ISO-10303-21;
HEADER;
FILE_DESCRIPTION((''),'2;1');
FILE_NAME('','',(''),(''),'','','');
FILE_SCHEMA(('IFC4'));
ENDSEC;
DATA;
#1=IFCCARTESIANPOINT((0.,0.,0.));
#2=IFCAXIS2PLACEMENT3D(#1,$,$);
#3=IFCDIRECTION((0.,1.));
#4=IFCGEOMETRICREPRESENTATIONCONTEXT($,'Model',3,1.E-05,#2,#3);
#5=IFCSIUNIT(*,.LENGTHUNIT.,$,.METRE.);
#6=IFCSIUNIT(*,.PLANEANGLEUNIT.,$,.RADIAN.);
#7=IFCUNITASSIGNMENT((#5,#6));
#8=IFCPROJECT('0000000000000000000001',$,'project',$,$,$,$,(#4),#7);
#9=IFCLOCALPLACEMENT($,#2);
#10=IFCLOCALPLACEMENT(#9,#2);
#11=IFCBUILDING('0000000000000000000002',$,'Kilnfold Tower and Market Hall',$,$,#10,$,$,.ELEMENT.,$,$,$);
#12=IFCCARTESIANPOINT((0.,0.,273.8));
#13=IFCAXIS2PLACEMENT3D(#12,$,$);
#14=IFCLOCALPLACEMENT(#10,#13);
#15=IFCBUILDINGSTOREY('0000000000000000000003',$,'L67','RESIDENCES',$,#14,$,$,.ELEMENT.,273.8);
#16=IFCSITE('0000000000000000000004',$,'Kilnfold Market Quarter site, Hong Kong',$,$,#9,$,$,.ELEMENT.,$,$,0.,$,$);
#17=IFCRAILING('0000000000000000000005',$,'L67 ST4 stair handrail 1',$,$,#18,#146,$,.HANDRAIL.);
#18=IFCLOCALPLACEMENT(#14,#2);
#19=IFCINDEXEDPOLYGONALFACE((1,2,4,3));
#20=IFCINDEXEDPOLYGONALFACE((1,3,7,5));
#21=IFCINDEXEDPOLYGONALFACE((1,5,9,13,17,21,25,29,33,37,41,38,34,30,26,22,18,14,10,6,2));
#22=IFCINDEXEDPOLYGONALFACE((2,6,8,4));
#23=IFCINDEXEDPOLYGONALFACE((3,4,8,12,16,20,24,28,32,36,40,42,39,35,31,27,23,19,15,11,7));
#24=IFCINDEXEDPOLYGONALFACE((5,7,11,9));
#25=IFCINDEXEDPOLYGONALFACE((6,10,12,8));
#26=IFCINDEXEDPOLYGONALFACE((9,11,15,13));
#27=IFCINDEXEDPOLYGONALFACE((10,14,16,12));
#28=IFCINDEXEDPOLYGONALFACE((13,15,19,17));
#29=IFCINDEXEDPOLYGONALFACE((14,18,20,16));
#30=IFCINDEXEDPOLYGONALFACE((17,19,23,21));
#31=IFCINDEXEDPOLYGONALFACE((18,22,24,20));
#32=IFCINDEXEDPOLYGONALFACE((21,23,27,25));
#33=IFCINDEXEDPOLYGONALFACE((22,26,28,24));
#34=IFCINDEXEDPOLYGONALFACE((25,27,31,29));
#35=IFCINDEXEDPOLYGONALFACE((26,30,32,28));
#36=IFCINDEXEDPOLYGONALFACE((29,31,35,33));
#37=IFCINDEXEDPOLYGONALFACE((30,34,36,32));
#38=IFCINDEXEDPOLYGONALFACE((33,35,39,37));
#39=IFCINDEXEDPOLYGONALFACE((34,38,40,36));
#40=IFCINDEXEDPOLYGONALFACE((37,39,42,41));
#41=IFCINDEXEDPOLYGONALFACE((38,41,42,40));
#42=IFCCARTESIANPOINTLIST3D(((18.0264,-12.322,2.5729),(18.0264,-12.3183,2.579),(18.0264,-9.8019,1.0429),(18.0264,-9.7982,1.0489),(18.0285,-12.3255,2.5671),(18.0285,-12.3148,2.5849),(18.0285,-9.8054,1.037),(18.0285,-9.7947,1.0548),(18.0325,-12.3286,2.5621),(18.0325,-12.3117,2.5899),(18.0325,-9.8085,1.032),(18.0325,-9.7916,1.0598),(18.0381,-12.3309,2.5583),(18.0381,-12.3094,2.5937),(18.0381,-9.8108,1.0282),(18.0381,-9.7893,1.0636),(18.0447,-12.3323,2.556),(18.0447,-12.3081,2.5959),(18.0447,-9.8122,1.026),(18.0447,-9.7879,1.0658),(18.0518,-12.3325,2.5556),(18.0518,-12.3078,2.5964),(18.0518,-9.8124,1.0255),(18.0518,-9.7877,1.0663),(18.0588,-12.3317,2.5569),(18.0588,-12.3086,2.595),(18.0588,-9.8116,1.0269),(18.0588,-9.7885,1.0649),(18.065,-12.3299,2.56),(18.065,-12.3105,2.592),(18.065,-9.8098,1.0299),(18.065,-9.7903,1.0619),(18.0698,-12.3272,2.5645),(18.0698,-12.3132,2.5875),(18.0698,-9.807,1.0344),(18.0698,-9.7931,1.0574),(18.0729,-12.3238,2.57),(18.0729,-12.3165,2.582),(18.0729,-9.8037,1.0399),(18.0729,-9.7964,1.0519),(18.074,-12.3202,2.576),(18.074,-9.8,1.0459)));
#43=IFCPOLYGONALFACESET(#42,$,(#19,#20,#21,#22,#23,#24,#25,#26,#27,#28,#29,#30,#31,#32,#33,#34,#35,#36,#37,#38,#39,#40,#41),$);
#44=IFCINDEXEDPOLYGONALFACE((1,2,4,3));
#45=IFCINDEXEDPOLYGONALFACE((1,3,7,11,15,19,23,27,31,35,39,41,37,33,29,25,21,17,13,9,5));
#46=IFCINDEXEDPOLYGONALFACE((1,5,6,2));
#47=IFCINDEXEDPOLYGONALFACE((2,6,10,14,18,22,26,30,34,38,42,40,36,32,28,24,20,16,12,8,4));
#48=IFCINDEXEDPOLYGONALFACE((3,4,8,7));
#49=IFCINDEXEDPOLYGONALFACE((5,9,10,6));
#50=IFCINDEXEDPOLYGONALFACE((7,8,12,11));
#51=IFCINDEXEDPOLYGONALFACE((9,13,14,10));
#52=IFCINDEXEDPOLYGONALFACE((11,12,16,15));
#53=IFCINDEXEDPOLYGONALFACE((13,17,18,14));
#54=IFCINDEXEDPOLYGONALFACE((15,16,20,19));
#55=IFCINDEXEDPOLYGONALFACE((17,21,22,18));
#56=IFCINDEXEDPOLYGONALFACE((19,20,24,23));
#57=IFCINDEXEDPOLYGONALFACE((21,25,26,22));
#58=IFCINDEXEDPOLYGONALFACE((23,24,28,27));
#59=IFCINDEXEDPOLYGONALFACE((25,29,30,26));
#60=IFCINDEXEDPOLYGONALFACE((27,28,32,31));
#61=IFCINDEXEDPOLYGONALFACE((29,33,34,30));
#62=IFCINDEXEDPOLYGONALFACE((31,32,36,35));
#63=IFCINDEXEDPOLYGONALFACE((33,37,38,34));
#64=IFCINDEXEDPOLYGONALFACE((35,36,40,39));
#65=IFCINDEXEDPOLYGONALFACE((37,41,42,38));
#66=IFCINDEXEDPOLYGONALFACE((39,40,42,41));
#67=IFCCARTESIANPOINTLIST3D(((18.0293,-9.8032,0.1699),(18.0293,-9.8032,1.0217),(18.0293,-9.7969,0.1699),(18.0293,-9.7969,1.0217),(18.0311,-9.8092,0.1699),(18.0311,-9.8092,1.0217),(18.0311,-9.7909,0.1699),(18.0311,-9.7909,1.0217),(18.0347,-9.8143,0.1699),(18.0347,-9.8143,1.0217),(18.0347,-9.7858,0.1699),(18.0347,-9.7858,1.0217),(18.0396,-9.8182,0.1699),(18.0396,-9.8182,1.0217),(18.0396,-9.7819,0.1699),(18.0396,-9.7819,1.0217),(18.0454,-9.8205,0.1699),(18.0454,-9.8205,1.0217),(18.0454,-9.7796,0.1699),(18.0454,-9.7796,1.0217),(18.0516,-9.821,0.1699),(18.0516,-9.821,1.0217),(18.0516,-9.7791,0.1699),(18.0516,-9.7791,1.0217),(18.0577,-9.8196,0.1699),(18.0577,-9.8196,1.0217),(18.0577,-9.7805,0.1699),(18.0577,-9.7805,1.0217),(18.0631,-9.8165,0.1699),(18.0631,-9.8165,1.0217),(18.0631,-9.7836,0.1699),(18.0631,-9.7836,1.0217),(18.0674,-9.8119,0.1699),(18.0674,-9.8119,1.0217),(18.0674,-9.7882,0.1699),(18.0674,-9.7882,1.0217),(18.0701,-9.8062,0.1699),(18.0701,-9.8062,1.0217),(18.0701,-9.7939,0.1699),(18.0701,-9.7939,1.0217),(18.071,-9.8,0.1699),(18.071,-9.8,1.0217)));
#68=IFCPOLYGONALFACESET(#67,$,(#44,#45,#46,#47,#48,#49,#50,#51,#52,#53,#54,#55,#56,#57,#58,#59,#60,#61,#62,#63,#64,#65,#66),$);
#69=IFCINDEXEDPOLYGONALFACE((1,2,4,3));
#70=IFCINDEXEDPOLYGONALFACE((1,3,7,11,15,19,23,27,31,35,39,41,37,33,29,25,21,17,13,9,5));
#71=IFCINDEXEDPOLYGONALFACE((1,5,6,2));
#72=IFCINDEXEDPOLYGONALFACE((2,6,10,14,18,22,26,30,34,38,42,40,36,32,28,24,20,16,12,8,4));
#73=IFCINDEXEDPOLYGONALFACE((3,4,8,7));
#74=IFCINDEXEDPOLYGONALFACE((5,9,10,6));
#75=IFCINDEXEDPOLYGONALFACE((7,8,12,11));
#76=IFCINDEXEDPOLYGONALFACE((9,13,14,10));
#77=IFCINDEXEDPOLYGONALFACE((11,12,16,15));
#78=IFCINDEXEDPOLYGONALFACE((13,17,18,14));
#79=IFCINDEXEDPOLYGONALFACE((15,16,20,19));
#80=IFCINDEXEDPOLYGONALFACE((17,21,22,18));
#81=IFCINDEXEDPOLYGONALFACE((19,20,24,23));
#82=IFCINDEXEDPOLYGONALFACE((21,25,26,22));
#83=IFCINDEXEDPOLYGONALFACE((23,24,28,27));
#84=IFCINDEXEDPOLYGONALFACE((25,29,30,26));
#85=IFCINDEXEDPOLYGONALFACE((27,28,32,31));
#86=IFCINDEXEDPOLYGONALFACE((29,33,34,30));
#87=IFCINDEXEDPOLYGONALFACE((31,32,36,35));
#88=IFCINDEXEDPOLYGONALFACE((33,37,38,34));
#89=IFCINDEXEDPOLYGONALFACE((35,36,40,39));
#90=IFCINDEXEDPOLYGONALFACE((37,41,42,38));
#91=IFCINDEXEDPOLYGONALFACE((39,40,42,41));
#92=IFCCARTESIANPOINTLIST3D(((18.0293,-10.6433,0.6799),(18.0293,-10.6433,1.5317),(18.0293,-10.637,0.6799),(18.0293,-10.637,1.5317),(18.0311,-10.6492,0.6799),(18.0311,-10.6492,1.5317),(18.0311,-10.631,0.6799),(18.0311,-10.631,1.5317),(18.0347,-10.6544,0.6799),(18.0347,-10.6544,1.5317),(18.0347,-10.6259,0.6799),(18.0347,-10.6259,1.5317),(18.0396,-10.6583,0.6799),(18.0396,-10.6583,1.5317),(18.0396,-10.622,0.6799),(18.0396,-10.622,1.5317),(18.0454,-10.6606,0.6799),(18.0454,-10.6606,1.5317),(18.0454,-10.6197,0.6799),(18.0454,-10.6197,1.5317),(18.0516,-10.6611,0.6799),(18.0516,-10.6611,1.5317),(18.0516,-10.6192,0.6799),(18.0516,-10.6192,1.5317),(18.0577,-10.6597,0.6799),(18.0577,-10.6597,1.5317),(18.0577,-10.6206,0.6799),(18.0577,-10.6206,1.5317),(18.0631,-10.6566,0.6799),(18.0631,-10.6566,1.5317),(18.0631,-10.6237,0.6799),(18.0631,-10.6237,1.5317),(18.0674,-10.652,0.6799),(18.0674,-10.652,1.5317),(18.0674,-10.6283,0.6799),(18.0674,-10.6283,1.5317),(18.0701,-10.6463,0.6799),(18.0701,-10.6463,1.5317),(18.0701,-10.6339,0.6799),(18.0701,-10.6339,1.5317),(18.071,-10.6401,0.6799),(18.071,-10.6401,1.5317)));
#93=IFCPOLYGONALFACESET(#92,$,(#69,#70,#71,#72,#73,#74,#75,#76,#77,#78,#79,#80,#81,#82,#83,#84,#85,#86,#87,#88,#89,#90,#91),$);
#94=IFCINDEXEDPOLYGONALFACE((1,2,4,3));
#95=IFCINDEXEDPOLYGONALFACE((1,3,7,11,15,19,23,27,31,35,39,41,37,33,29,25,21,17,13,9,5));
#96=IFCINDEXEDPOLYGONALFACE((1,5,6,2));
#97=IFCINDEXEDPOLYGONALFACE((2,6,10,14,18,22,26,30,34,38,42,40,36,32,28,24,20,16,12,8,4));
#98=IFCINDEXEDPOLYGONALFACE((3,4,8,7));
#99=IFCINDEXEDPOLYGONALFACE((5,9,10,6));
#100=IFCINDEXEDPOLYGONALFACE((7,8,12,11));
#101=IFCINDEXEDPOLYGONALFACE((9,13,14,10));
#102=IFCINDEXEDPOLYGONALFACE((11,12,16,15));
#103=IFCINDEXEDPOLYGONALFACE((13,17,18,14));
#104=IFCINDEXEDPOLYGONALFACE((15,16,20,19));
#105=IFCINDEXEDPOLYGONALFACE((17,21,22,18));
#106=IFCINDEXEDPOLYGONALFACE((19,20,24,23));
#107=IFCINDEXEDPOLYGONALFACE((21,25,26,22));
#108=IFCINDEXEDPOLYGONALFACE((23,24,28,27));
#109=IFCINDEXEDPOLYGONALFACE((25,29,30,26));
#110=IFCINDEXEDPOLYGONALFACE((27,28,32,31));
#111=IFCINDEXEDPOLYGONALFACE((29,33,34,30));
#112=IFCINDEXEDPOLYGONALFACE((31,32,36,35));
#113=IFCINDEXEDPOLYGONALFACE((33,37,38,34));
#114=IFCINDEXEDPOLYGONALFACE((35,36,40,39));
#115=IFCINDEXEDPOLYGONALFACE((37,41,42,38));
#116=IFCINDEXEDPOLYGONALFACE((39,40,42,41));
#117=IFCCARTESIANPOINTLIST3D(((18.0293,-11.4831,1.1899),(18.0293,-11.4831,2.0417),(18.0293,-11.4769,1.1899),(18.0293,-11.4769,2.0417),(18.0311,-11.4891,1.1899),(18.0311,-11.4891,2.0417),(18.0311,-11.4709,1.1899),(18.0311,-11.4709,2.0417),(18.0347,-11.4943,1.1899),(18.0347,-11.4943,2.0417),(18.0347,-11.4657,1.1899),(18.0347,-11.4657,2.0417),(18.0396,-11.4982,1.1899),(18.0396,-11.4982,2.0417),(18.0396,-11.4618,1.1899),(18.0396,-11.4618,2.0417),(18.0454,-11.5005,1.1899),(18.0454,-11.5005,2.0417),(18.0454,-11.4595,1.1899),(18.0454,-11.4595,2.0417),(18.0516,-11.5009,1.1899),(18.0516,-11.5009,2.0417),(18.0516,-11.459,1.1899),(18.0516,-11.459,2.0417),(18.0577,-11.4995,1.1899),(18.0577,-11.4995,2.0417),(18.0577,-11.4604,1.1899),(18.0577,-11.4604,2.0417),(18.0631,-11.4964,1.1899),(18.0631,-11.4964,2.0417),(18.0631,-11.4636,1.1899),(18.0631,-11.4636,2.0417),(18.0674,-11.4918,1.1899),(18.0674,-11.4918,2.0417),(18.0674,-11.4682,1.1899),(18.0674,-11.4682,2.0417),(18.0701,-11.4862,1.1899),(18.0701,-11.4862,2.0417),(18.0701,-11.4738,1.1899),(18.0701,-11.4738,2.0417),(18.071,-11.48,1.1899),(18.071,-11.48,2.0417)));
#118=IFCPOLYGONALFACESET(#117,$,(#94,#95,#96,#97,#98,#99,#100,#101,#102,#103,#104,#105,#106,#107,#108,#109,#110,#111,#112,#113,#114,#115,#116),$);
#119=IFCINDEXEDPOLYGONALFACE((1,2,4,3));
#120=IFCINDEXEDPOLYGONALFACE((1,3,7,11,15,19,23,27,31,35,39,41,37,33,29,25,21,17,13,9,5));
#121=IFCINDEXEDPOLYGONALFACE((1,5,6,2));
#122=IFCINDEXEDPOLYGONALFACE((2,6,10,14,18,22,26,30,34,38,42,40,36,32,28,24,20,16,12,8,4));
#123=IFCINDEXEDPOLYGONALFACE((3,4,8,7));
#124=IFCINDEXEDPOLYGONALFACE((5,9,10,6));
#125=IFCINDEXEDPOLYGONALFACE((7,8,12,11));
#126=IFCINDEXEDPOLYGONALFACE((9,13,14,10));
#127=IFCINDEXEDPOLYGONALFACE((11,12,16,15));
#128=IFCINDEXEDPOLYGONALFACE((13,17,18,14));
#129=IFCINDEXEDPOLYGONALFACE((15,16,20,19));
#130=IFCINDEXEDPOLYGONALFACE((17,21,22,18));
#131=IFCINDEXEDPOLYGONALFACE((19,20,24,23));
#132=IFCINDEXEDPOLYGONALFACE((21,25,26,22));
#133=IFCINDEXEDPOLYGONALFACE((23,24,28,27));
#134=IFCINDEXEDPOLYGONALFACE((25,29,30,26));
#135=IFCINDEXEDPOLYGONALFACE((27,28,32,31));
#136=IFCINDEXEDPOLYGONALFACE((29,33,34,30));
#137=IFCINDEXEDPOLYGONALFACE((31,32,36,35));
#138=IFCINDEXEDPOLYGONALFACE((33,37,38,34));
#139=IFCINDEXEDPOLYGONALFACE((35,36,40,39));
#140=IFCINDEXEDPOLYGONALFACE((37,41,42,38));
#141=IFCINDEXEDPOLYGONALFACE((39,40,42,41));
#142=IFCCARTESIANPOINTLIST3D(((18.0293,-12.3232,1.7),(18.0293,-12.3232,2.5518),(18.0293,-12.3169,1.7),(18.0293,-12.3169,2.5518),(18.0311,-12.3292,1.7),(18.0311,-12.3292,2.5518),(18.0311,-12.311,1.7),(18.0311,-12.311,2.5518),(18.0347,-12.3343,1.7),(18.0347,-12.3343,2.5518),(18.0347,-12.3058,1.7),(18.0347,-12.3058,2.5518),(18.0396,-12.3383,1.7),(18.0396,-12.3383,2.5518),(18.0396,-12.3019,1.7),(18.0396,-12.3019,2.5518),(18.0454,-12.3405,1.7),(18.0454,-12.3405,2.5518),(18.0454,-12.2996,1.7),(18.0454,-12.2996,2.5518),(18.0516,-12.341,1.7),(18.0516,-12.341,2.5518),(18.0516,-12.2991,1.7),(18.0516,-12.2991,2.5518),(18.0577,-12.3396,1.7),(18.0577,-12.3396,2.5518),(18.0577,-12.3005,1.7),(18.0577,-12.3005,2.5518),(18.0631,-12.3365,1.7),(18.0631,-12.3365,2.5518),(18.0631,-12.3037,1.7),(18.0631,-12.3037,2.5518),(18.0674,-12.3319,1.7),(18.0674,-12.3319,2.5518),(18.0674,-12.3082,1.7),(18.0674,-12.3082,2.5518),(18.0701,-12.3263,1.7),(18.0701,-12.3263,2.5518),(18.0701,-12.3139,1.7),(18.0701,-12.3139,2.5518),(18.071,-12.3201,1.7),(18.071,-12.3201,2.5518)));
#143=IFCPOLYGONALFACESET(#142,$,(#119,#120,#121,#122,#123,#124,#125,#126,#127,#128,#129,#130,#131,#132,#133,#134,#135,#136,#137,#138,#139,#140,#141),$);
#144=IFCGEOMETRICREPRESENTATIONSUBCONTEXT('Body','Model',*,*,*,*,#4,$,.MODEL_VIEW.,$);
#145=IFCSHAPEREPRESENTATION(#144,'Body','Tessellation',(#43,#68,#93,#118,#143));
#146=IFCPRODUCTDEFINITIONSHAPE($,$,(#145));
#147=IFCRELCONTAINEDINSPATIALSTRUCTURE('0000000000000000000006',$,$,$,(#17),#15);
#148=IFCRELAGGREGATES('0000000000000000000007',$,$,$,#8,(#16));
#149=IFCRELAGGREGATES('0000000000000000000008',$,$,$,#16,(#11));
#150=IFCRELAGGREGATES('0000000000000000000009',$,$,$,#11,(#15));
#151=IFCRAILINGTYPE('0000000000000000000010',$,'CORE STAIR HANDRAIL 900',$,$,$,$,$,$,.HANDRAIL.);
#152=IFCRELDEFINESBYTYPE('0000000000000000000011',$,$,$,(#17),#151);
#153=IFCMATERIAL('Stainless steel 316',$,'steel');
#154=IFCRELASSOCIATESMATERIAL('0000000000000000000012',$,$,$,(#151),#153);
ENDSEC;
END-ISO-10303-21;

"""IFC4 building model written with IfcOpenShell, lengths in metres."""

from ifc_helpers import new_model, si_unit, direction, frame, origin, origin_2d, place, context, subcontext, project, spatial, circle, extrude, material, type_object, element, save


model = new_model("IFC4")

# Units and contexts
model_context = context("Model", 3, precision=1e-05, world=origin(), true_north=direction((0.0, 1.0)))
body_context = subcontext(model_context, "Body", "Model", "MODEL_VIEW")
ifc_project = project(units=[si_unit("LENGTHUNIT", "METRE"), si_unit("PLANEANGLEUNIT", "RADIAN")], contexts=[model_context])

# Site, building, storey
site_placement = place(None, origin())
site = spatial("IfcSite", under=ifc_project, at=site_placement, Name="Kilnfold Market Quarter site, Hong Kong", CompositionType="ELEMENT", RefElevation=0.0)
building_placement = place(site_placement, origin())
building = spatial("IfcBuilding", under=site, at=building_placement, Name="Kilnfold Tower and Market Hall", CompositionType="ELEMENT")
storey_placement = place(building_placement, frame((0.0, 0.0, 273.8)))
storey = spatial("IfcBuildingStorey", under=building, at=storey_placement, Name="L67", Description="RESIDENCES", CompositionType="ELEMENT", Elevation=273.8)

# Railing
ifc_material_1 = material(Name="Stainless steel 316", Category="steel")
railing_type_1 = type_object("IfcRailingType", Name="CORE STAIR HANDRAIL 900", PredefinedType="HANDRAIL", material=ifc_material_1)
railing_1_placement = place(storey_placement, frame((18.05, -9.8, 0.1699)))
element("IfcRailing", 1, at=railing_1_placement, inside=storey, type_object=railing_type_1, Name="L67 ST4 stair handrail 1", PredefinedType="HANDRAIL", context=body_context, shape_type="SweptSolid", body=[
    extrude(circle(Radius=0.0239, at=origin_2d()), frame((0.0, 0.0, 0.876), z_axis=(0.0, -0.854785, 0.518982), x_axis=(1.0, 0.0, 0.0)), (0.0, 0.0, 1.0), 2.9482),
    extrude(circle(Radius=0.021, at=origin_2d()), origin(), (0.0, 0.0, 1.0), 0.8518),
    extrude(circle(Radius=0.021, at=origin_2d()), frame((0.0, -0.8401, 0.51)), (0.0, 0.0, 1.0), 0.8518),
    extrude(circle(Radius=0.021, at=origin_2d()), frame((0.0, -1.6799, 1.02)), (0.0, 0.0, 1.0), 0.8518),
    extrude(circle(Radius=0.021, at=origin_2d()), frame((0.0, -2.52, 1.53)), (0.0, 0.0, 1.0), 0.8518),
])

save(model, "model.ifc")
